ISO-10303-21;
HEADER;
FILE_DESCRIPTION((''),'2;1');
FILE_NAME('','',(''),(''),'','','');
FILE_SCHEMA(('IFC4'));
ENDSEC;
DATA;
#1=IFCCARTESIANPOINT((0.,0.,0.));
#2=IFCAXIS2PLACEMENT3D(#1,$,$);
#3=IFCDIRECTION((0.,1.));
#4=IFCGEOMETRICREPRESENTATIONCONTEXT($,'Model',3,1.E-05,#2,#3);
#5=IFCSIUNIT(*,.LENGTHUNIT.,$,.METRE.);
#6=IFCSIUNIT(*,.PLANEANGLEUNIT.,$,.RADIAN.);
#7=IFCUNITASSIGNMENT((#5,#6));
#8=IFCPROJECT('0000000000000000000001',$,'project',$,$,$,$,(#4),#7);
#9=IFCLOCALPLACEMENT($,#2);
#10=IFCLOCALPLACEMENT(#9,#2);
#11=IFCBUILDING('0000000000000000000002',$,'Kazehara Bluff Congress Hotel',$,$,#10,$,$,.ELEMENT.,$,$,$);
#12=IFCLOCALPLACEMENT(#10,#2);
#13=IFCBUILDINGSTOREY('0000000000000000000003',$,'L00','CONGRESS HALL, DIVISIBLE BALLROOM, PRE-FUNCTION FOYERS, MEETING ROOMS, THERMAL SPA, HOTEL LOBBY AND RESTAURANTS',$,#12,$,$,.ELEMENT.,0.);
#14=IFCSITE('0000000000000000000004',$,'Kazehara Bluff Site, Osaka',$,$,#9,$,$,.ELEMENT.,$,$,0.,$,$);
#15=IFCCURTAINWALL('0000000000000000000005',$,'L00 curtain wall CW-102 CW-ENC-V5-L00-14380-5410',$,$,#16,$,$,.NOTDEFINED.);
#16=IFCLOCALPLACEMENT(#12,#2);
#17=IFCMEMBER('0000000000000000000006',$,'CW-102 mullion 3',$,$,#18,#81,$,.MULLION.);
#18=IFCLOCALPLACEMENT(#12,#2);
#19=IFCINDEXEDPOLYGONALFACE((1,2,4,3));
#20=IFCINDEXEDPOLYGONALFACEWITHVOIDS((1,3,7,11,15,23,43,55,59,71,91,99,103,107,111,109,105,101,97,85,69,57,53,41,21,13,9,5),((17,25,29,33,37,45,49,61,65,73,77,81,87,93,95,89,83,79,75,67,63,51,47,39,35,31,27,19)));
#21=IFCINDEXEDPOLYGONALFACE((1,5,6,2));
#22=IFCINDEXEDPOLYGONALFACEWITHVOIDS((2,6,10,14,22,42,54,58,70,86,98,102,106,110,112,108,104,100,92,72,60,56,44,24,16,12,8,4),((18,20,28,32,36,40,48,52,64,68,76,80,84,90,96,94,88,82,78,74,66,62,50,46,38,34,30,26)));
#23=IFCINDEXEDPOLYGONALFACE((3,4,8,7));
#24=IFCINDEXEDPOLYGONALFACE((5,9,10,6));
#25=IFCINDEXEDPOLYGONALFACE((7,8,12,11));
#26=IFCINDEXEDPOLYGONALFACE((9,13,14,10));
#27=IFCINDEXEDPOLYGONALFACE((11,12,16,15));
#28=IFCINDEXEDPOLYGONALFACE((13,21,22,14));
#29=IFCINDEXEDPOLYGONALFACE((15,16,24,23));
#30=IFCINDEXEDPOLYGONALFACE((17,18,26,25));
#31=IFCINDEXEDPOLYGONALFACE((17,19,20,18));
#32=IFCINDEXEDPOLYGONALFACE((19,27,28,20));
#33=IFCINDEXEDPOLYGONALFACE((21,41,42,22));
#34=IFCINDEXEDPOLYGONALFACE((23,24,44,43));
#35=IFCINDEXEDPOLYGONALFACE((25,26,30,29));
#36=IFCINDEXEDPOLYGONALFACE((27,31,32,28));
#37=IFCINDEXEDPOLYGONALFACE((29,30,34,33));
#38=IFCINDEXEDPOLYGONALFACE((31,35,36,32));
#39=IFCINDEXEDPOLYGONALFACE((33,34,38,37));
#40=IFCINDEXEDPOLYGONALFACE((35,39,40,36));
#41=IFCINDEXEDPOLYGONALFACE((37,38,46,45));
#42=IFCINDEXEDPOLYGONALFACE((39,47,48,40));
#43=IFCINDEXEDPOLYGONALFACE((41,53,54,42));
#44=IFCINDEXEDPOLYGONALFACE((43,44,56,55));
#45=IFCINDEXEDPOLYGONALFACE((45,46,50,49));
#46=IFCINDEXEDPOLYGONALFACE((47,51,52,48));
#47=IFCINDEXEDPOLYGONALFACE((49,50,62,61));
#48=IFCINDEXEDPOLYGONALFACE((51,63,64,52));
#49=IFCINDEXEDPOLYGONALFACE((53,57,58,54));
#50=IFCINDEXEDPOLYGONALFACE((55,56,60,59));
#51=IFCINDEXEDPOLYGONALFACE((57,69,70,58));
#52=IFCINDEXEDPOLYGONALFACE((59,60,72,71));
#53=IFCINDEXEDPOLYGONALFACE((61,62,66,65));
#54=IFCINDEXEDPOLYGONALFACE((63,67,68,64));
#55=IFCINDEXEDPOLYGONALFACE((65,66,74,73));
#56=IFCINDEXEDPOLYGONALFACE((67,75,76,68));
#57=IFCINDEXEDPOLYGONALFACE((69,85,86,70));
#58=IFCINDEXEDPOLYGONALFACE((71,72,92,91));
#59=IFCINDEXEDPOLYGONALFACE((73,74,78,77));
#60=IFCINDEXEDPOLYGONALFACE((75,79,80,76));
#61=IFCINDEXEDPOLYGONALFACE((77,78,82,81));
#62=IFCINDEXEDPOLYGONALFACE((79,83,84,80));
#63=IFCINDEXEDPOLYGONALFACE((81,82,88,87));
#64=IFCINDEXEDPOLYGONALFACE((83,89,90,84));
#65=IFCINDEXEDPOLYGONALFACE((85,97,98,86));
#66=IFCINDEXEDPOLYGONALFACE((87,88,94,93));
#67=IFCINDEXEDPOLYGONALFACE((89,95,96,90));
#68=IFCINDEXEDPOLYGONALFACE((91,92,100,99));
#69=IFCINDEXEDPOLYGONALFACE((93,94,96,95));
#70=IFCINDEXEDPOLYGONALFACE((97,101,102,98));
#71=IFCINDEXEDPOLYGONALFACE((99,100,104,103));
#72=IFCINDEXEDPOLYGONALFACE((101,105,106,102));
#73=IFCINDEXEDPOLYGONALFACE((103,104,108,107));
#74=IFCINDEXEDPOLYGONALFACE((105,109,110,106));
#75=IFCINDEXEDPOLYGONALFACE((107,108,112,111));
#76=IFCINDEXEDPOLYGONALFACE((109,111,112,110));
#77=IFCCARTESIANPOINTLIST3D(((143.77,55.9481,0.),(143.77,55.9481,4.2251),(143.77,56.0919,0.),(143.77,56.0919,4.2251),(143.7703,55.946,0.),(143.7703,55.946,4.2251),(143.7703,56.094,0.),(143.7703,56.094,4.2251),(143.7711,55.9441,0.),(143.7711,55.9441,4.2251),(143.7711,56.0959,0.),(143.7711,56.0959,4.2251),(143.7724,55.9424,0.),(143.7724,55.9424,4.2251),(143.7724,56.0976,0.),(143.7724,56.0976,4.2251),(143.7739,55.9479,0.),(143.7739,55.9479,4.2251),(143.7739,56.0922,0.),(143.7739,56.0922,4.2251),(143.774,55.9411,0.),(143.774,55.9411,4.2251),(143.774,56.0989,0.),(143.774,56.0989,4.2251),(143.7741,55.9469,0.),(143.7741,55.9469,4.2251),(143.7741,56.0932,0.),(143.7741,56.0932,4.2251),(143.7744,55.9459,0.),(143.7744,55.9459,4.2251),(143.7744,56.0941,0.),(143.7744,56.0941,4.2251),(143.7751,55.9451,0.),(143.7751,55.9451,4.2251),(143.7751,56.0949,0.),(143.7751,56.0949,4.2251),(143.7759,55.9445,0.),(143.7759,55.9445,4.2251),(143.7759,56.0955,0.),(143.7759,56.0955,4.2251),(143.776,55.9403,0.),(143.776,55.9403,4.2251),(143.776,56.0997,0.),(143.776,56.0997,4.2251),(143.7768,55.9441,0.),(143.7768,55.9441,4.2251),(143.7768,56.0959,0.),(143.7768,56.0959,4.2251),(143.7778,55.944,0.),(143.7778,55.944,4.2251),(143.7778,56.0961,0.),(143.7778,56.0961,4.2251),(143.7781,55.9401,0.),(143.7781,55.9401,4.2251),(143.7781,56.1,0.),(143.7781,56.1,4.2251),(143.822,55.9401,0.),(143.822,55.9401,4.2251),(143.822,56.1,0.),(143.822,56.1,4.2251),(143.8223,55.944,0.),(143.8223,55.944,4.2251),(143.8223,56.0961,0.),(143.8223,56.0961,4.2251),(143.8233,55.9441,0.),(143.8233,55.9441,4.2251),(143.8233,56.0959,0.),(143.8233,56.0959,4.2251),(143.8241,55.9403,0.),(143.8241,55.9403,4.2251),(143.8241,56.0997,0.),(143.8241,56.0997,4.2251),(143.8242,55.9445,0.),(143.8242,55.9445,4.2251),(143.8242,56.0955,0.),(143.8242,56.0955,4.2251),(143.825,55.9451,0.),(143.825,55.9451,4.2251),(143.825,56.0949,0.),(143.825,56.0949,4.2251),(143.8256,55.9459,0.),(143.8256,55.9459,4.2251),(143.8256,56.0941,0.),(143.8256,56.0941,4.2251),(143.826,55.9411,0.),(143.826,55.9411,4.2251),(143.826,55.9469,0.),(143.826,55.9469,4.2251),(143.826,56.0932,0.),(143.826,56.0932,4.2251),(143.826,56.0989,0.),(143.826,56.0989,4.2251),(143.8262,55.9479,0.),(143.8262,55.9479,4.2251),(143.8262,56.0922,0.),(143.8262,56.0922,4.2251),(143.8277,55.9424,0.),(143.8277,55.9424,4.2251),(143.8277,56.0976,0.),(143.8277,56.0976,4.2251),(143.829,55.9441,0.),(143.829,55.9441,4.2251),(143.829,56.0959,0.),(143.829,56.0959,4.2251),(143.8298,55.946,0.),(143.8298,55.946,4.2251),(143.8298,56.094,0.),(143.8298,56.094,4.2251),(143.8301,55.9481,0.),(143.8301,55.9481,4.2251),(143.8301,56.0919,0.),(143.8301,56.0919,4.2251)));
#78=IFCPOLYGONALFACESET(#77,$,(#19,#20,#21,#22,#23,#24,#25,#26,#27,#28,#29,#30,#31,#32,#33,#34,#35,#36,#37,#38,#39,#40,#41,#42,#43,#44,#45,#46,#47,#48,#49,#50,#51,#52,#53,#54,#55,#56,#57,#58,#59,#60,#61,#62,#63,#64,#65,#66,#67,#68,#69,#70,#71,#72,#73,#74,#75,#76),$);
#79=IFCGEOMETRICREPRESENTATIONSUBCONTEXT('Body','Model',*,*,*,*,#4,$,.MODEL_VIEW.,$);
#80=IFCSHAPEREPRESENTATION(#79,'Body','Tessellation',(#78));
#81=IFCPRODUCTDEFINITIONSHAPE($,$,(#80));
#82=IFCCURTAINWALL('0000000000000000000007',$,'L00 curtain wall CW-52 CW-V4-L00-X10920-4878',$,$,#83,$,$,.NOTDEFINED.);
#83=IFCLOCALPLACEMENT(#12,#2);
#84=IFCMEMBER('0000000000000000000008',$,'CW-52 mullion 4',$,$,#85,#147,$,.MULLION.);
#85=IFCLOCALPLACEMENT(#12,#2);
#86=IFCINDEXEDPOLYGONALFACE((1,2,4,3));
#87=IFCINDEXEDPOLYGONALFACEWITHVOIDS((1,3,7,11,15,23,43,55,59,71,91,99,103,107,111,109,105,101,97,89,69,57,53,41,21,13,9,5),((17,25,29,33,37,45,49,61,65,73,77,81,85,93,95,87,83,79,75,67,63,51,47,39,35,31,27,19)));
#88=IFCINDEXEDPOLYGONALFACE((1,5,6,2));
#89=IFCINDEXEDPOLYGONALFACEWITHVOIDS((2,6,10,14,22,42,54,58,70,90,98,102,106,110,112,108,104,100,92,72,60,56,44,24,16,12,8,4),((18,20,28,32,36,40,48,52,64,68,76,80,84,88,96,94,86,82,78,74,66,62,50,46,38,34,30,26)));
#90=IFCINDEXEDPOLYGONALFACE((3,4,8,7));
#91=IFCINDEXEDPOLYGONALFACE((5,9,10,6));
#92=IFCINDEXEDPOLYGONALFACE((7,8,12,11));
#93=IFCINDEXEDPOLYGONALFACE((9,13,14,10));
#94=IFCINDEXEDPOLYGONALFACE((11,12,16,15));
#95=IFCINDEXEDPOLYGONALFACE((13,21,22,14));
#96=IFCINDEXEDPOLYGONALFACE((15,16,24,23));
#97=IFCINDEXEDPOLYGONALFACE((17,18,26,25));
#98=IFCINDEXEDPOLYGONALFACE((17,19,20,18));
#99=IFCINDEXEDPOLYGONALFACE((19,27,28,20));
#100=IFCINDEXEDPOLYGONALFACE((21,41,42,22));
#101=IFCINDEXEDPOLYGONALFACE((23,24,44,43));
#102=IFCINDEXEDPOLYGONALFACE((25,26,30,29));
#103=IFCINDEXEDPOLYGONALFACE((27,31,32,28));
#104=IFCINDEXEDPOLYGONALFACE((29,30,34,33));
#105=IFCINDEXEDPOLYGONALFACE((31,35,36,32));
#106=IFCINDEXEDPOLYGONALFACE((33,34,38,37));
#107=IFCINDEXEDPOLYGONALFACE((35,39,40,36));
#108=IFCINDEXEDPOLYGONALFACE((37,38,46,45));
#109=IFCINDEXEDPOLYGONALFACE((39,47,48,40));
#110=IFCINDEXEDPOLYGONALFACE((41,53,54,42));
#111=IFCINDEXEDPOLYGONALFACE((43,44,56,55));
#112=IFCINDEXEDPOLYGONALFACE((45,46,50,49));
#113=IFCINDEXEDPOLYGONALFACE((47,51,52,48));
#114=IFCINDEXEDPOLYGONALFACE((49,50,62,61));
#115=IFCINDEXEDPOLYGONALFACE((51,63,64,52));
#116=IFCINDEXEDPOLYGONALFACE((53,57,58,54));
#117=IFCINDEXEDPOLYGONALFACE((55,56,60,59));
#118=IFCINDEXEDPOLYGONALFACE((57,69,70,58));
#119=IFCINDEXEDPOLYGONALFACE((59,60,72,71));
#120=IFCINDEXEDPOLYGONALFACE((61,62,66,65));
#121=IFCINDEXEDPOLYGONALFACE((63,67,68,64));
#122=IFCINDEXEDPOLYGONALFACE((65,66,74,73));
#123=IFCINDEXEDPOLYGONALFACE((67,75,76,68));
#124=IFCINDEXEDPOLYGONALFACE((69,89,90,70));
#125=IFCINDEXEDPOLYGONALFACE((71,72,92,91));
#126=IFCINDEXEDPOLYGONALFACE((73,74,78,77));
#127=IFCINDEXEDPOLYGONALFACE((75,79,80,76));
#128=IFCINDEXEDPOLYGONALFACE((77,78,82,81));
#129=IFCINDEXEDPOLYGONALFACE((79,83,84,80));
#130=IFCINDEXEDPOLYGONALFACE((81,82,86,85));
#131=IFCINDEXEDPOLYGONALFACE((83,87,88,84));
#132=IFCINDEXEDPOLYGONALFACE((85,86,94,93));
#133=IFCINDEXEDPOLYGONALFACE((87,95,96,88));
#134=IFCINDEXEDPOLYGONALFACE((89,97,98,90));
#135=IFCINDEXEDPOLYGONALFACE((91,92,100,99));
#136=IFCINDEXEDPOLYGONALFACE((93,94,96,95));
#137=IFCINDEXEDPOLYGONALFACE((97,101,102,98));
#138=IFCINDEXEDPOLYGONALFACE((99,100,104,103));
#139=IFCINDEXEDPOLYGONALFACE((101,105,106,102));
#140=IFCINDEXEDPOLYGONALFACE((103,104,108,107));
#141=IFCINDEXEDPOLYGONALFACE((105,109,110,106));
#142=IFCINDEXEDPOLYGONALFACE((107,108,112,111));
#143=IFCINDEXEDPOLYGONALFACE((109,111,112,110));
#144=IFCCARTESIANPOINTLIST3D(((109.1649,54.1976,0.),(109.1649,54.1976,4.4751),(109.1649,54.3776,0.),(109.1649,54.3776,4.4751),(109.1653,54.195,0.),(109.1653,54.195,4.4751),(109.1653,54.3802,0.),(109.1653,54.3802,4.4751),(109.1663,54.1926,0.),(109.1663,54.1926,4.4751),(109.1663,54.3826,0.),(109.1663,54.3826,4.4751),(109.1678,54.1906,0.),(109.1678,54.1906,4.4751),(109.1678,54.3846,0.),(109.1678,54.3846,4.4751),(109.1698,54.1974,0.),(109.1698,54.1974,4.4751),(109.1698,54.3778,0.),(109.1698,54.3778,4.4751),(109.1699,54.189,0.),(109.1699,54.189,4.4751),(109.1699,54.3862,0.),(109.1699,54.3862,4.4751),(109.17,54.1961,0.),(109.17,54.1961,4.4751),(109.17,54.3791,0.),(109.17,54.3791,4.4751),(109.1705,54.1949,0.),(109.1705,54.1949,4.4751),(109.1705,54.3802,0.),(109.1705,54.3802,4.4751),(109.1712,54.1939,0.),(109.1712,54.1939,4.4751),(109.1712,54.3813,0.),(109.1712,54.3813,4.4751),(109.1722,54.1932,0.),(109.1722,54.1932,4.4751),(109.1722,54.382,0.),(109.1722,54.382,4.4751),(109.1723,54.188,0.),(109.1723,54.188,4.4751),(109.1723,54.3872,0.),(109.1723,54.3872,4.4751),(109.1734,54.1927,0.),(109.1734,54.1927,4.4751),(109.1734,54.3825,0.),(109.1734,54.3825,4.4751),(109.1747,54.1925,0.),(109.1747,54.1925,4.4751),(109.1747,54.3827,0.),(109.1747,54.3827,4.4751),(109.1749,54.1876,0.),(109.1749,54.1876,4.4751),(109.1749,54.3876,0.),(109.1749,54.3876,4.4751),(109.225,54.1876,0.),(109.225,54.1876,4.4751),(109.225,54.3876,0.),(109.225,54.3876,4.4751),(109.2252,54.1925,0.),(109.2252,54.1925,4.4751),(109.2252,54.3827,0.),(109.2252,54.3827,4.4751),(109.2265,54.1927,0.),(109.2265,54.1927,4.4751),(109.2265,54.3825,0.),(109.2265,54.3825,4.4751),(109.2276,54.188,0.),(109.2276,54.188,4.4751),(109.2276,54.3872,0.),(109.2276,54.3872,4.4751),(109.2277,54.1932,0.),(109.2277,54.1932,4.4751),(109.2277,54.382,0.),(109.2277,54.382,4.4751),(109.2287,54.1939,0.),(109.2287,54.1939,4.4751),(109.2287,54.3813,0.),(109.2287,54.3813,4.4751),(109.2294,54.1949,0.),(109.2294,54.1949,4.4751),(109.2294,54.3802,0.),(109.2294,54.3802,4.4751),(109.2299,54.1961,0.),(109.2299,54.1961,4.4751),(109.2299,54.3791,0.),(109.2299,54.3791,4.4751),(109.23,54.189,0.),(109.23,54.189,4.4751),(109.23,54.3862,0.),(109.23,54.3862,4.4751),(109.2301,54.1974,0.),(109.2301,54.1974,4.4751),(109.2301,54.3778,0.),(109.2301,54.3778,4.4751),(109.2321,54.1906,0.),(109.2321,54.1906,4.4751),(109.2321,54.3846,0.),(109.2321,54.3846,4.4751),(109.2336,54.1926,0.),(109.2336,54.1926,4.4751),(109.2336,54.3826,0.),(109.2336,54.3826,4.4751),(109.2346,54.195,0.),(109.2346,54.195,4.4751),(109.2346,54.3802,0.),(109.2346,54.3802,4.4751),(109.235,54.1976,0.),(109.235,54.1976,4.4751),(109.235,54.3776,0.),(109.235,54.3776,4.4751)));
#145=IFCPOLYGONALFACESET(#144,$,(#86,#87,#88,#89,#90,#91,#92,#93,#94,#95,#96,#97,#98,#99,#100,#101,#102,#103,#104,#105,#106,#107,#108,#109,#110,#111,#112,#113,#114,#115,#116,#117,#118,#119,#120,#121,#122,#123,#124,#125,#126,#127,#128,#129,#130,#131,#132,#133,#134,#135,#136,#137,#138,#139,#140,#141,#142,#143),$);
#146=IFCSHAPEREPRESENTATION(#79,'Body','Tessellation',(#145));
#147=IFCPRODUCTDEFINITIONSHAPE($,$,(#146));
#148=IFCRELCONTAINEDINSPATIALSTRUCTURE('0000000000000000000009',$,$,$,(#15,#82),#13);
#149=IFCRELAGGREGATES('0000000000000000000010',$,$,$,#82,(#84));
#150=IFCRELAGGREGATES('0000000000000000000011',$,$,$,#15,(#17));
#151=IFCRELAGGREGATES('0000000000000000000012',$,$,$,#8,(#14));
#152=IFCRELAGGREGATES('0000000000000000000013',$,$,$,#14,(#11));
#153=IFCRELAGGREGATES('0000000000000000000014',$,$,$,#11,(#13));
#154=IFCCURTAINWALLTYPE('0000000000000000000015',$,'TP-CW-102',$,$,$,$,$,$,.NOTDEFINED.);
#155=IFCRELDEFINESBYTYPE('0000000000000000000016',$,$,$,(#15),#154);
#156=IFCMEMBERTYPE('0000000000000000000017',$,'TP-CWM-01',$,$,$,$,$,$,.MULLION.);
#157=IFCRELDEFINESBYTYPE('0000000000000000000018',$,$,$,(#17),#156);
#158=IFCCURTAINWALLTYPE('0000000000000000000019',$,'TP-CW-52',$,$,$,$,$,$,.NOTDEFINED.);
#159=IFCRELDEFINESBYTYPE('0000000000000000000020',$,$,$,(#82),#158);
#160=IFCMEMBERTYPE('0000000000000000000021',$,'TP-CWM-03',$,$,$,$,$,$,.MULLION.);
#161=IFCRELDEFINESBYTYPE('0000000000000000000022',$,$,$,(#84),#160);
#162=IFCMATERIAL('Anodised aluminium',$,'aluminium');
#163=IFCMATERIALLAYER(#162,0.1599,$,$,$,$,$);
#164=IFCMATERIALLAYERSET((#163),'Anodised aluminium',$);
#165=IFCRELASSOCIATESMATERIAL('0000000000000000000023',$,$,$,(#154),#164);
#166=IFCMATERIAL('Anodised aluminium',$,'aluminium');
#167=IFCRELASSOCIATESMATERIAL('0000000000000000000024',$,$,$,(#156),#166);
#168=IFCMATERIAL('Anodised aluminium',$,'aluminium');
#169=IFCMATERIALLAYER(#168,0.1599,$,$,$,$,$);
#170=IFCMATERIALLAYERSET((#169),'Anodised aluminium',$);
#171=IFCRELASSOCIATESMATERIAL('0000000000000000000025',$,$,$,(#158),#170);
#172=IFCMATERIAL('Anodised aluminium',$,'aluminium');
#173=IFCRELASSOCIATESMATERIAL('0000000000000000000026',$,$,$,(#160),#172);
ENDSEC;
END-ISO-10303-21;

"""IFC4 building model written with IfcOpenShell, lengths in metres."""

from ifc_helpers import new_model, si_unit, direction, frame, origin, origin_2d, place, context, subcontext, project, spatial, hollow_rectangle, extrude, material, layer, layer_set, material_profile, profile_set, type_object, element, aggregate, save


model = new_model("IFC4")

# Units and contexts
model_context = context("Model", 3, precision=1e-05, world=origin(), true_north=direction((0.0, 1.0)))
body_context = subcontext(model_context, "Body", "Model", "MODEL_VIEW")
ifc_project = project(units=[si_unit("LENGTHUNIT", "METRE"), si_unit("PLANEANGLEUNIT", "RADIAN")], contexts=[model_context])

# Site, building, storey
site_placement = place(None, origin())
site = spatial("IfcSite", under=ifc_project, at=site_placement, Name="Kazehara Bluff Site, Osaka", CompositionType="ELEMENT", RefElevation=0.0)
building_placement = place(site_placement, origin())
building = spatial("IfcBuilding", under=site, at=building_placement, Name="Kazehara Bluff Congress Hotel", CompositionType="ELEMENT")
storey_placement = place(building_placement, origin())
storey = spatial("IfcBuildingStorey", under=building, at=storey_placement, Name="L00", Description="CONGRESS HALL, DIVISIBLE BALLROOM, PRE-FUNCTION FOYERS, MEETING ROOMS, THERMAL SPA, HOTEL LOBBY AND RESTAURANTS", CompositionType="ELEMENT", Elevation=0.0)

# Curtain walls, members
ifc_material_1 = material(Name="Anodised aluminium", Category="aluminium")
ifc_layer_1 = layer(ifc_material_1, 0.1599)
ifc_layer_set_1 = layer_set([ifc_layer_1], Name="Anodised aluminium")
curtain_wall_type_1 = type_object("IfcCurtainWallType", Name="TP-CW-102", PredefinedType="NOTDEFINED", material=ifc_layer_set_1)
curtain_wall_1_placement = place(storey_placement, origin())
curtain_wall_1 = element("IfcCurtainWall", 1, at=curtain_wall_1_placement, inside=storey, type_object=curtain_wall_type_1, Name="L00 curtain wall CW-102 CW-ENC-V5-L00-14380-5410", PredefinedType="NOTDEFINED")
ifc_material_2 = material(Name="Anodised aluminium", Category="aluminium")
ifc_material_profile_1 = material_profile(ifc_material_2, hollow_rectangle(XDim=0.0601, YDim=0.1599, WallThickness=0.0039, InnerFilletRadius=0.0039, OuterFilletRadius=0.0081, at=origin_2d()))
ifc_profile_set_1 = profile_set([ifc_material_profile_1], Name="Anodised aluminium")
member_type_1 = type_object("IfcMemberType", Name="TP-CWM-01", PredefinedType="MULLION", material=ifc_profile_set_1)
member_1_placement = place(storey_placement, frame((143.8, 56.02, 0.0), z_axis=(0.0, 0.0, 1.0), x_axis=(-1.0, 0.0, 0.0)))
member_1 = element("IfcMember", 2, at=member_1_placement, type_object=member_type_1, Name="CW-102 mullion 3", PredefinedType="MULLION", context=body_context, shape_type="SweptSolid", body=[
    extrude(hollow_rectangle(XDim=0.0601, YDim=0.1599, WallThickness=0.0039, InnerFilletRadius=0.0039, OuterFilletRadius=0.0081, at=origin_2d()), origin(), (0.0, 0.0, 1.0), 4.2251),
])
ifc_material_3 = material(Name="Anodised aluminium", Category="aluminium")
ifc_layer_2 = layer(ifc_material_3, 0.1599)
ifc_layer_set_2 = layer_set([ifc_layer_2], Name="Anodised aluminium")
curtain_wall_type_2 = type_object("IfcCurtainWallType", Name="TP-CW-52", PredefinedType="NOTDEFINED", material=ifc_layer_set_2)
curtain_wall_2_placement = place(storey_placement, origin())
curtain_wall_2 = element("IfcCurtainWall", 3, at=curtain_wall_2_placement, inside=storey, type_object=curtain_wall_type_2, Name="L00 curtain wall CW-52 CW-V4-L00-X10920-4878", PredefinedType="NOTDEFINED")
ifc_material_4 = material(Name="Anodised aluminium", Category="aluminium")
ifc_material_profile_2 = material_profile(ifc_material_4, hollow_rectangle(XDim=0.0701, YDim=0.2, WallThickness=0.0049, InnerFilletRadius=0.0049, OuterFilletRadius=0.01, at=origin_2d()))
ifc_profile_set_2 = profile_set([ifc_material_profile_2], Name="Anodised aluminium")
member_type_2 = type_object("IfcMemberType", Name="TP-CWM-03", PredefinedType="MULLION", material=ifc_profile_set_2)
member_2_placement = place(storey_placement, frame((109.2, 54.2876, 0.0), z_axis=(0.0, 0.0, 1.0), x_axis=(-1.0, 0.0, 0.0)))
member_2 = element("IfcMember", 4, at=member_2_placement, type_object=member_type_2, Name="CW-52 mullion 4", PredefinedType="MULLION", context=body_context, shape_type="SweptSolid", body=[
    extrude(hollow_rectangle(XDim=0.0701, YDim=0.2, WallThickness=0.0049, InnerFilletRadius=0.0049, OuterFilletRadius=0.01, at=origin_2d()), origin(), (0.0, 0.0, 1.0), 4.4751),
])

aggregate(curtain_wall_2, [member_2])
aggregate(curtain_wall_1, [member_1])

save(model, "model.ifc")
